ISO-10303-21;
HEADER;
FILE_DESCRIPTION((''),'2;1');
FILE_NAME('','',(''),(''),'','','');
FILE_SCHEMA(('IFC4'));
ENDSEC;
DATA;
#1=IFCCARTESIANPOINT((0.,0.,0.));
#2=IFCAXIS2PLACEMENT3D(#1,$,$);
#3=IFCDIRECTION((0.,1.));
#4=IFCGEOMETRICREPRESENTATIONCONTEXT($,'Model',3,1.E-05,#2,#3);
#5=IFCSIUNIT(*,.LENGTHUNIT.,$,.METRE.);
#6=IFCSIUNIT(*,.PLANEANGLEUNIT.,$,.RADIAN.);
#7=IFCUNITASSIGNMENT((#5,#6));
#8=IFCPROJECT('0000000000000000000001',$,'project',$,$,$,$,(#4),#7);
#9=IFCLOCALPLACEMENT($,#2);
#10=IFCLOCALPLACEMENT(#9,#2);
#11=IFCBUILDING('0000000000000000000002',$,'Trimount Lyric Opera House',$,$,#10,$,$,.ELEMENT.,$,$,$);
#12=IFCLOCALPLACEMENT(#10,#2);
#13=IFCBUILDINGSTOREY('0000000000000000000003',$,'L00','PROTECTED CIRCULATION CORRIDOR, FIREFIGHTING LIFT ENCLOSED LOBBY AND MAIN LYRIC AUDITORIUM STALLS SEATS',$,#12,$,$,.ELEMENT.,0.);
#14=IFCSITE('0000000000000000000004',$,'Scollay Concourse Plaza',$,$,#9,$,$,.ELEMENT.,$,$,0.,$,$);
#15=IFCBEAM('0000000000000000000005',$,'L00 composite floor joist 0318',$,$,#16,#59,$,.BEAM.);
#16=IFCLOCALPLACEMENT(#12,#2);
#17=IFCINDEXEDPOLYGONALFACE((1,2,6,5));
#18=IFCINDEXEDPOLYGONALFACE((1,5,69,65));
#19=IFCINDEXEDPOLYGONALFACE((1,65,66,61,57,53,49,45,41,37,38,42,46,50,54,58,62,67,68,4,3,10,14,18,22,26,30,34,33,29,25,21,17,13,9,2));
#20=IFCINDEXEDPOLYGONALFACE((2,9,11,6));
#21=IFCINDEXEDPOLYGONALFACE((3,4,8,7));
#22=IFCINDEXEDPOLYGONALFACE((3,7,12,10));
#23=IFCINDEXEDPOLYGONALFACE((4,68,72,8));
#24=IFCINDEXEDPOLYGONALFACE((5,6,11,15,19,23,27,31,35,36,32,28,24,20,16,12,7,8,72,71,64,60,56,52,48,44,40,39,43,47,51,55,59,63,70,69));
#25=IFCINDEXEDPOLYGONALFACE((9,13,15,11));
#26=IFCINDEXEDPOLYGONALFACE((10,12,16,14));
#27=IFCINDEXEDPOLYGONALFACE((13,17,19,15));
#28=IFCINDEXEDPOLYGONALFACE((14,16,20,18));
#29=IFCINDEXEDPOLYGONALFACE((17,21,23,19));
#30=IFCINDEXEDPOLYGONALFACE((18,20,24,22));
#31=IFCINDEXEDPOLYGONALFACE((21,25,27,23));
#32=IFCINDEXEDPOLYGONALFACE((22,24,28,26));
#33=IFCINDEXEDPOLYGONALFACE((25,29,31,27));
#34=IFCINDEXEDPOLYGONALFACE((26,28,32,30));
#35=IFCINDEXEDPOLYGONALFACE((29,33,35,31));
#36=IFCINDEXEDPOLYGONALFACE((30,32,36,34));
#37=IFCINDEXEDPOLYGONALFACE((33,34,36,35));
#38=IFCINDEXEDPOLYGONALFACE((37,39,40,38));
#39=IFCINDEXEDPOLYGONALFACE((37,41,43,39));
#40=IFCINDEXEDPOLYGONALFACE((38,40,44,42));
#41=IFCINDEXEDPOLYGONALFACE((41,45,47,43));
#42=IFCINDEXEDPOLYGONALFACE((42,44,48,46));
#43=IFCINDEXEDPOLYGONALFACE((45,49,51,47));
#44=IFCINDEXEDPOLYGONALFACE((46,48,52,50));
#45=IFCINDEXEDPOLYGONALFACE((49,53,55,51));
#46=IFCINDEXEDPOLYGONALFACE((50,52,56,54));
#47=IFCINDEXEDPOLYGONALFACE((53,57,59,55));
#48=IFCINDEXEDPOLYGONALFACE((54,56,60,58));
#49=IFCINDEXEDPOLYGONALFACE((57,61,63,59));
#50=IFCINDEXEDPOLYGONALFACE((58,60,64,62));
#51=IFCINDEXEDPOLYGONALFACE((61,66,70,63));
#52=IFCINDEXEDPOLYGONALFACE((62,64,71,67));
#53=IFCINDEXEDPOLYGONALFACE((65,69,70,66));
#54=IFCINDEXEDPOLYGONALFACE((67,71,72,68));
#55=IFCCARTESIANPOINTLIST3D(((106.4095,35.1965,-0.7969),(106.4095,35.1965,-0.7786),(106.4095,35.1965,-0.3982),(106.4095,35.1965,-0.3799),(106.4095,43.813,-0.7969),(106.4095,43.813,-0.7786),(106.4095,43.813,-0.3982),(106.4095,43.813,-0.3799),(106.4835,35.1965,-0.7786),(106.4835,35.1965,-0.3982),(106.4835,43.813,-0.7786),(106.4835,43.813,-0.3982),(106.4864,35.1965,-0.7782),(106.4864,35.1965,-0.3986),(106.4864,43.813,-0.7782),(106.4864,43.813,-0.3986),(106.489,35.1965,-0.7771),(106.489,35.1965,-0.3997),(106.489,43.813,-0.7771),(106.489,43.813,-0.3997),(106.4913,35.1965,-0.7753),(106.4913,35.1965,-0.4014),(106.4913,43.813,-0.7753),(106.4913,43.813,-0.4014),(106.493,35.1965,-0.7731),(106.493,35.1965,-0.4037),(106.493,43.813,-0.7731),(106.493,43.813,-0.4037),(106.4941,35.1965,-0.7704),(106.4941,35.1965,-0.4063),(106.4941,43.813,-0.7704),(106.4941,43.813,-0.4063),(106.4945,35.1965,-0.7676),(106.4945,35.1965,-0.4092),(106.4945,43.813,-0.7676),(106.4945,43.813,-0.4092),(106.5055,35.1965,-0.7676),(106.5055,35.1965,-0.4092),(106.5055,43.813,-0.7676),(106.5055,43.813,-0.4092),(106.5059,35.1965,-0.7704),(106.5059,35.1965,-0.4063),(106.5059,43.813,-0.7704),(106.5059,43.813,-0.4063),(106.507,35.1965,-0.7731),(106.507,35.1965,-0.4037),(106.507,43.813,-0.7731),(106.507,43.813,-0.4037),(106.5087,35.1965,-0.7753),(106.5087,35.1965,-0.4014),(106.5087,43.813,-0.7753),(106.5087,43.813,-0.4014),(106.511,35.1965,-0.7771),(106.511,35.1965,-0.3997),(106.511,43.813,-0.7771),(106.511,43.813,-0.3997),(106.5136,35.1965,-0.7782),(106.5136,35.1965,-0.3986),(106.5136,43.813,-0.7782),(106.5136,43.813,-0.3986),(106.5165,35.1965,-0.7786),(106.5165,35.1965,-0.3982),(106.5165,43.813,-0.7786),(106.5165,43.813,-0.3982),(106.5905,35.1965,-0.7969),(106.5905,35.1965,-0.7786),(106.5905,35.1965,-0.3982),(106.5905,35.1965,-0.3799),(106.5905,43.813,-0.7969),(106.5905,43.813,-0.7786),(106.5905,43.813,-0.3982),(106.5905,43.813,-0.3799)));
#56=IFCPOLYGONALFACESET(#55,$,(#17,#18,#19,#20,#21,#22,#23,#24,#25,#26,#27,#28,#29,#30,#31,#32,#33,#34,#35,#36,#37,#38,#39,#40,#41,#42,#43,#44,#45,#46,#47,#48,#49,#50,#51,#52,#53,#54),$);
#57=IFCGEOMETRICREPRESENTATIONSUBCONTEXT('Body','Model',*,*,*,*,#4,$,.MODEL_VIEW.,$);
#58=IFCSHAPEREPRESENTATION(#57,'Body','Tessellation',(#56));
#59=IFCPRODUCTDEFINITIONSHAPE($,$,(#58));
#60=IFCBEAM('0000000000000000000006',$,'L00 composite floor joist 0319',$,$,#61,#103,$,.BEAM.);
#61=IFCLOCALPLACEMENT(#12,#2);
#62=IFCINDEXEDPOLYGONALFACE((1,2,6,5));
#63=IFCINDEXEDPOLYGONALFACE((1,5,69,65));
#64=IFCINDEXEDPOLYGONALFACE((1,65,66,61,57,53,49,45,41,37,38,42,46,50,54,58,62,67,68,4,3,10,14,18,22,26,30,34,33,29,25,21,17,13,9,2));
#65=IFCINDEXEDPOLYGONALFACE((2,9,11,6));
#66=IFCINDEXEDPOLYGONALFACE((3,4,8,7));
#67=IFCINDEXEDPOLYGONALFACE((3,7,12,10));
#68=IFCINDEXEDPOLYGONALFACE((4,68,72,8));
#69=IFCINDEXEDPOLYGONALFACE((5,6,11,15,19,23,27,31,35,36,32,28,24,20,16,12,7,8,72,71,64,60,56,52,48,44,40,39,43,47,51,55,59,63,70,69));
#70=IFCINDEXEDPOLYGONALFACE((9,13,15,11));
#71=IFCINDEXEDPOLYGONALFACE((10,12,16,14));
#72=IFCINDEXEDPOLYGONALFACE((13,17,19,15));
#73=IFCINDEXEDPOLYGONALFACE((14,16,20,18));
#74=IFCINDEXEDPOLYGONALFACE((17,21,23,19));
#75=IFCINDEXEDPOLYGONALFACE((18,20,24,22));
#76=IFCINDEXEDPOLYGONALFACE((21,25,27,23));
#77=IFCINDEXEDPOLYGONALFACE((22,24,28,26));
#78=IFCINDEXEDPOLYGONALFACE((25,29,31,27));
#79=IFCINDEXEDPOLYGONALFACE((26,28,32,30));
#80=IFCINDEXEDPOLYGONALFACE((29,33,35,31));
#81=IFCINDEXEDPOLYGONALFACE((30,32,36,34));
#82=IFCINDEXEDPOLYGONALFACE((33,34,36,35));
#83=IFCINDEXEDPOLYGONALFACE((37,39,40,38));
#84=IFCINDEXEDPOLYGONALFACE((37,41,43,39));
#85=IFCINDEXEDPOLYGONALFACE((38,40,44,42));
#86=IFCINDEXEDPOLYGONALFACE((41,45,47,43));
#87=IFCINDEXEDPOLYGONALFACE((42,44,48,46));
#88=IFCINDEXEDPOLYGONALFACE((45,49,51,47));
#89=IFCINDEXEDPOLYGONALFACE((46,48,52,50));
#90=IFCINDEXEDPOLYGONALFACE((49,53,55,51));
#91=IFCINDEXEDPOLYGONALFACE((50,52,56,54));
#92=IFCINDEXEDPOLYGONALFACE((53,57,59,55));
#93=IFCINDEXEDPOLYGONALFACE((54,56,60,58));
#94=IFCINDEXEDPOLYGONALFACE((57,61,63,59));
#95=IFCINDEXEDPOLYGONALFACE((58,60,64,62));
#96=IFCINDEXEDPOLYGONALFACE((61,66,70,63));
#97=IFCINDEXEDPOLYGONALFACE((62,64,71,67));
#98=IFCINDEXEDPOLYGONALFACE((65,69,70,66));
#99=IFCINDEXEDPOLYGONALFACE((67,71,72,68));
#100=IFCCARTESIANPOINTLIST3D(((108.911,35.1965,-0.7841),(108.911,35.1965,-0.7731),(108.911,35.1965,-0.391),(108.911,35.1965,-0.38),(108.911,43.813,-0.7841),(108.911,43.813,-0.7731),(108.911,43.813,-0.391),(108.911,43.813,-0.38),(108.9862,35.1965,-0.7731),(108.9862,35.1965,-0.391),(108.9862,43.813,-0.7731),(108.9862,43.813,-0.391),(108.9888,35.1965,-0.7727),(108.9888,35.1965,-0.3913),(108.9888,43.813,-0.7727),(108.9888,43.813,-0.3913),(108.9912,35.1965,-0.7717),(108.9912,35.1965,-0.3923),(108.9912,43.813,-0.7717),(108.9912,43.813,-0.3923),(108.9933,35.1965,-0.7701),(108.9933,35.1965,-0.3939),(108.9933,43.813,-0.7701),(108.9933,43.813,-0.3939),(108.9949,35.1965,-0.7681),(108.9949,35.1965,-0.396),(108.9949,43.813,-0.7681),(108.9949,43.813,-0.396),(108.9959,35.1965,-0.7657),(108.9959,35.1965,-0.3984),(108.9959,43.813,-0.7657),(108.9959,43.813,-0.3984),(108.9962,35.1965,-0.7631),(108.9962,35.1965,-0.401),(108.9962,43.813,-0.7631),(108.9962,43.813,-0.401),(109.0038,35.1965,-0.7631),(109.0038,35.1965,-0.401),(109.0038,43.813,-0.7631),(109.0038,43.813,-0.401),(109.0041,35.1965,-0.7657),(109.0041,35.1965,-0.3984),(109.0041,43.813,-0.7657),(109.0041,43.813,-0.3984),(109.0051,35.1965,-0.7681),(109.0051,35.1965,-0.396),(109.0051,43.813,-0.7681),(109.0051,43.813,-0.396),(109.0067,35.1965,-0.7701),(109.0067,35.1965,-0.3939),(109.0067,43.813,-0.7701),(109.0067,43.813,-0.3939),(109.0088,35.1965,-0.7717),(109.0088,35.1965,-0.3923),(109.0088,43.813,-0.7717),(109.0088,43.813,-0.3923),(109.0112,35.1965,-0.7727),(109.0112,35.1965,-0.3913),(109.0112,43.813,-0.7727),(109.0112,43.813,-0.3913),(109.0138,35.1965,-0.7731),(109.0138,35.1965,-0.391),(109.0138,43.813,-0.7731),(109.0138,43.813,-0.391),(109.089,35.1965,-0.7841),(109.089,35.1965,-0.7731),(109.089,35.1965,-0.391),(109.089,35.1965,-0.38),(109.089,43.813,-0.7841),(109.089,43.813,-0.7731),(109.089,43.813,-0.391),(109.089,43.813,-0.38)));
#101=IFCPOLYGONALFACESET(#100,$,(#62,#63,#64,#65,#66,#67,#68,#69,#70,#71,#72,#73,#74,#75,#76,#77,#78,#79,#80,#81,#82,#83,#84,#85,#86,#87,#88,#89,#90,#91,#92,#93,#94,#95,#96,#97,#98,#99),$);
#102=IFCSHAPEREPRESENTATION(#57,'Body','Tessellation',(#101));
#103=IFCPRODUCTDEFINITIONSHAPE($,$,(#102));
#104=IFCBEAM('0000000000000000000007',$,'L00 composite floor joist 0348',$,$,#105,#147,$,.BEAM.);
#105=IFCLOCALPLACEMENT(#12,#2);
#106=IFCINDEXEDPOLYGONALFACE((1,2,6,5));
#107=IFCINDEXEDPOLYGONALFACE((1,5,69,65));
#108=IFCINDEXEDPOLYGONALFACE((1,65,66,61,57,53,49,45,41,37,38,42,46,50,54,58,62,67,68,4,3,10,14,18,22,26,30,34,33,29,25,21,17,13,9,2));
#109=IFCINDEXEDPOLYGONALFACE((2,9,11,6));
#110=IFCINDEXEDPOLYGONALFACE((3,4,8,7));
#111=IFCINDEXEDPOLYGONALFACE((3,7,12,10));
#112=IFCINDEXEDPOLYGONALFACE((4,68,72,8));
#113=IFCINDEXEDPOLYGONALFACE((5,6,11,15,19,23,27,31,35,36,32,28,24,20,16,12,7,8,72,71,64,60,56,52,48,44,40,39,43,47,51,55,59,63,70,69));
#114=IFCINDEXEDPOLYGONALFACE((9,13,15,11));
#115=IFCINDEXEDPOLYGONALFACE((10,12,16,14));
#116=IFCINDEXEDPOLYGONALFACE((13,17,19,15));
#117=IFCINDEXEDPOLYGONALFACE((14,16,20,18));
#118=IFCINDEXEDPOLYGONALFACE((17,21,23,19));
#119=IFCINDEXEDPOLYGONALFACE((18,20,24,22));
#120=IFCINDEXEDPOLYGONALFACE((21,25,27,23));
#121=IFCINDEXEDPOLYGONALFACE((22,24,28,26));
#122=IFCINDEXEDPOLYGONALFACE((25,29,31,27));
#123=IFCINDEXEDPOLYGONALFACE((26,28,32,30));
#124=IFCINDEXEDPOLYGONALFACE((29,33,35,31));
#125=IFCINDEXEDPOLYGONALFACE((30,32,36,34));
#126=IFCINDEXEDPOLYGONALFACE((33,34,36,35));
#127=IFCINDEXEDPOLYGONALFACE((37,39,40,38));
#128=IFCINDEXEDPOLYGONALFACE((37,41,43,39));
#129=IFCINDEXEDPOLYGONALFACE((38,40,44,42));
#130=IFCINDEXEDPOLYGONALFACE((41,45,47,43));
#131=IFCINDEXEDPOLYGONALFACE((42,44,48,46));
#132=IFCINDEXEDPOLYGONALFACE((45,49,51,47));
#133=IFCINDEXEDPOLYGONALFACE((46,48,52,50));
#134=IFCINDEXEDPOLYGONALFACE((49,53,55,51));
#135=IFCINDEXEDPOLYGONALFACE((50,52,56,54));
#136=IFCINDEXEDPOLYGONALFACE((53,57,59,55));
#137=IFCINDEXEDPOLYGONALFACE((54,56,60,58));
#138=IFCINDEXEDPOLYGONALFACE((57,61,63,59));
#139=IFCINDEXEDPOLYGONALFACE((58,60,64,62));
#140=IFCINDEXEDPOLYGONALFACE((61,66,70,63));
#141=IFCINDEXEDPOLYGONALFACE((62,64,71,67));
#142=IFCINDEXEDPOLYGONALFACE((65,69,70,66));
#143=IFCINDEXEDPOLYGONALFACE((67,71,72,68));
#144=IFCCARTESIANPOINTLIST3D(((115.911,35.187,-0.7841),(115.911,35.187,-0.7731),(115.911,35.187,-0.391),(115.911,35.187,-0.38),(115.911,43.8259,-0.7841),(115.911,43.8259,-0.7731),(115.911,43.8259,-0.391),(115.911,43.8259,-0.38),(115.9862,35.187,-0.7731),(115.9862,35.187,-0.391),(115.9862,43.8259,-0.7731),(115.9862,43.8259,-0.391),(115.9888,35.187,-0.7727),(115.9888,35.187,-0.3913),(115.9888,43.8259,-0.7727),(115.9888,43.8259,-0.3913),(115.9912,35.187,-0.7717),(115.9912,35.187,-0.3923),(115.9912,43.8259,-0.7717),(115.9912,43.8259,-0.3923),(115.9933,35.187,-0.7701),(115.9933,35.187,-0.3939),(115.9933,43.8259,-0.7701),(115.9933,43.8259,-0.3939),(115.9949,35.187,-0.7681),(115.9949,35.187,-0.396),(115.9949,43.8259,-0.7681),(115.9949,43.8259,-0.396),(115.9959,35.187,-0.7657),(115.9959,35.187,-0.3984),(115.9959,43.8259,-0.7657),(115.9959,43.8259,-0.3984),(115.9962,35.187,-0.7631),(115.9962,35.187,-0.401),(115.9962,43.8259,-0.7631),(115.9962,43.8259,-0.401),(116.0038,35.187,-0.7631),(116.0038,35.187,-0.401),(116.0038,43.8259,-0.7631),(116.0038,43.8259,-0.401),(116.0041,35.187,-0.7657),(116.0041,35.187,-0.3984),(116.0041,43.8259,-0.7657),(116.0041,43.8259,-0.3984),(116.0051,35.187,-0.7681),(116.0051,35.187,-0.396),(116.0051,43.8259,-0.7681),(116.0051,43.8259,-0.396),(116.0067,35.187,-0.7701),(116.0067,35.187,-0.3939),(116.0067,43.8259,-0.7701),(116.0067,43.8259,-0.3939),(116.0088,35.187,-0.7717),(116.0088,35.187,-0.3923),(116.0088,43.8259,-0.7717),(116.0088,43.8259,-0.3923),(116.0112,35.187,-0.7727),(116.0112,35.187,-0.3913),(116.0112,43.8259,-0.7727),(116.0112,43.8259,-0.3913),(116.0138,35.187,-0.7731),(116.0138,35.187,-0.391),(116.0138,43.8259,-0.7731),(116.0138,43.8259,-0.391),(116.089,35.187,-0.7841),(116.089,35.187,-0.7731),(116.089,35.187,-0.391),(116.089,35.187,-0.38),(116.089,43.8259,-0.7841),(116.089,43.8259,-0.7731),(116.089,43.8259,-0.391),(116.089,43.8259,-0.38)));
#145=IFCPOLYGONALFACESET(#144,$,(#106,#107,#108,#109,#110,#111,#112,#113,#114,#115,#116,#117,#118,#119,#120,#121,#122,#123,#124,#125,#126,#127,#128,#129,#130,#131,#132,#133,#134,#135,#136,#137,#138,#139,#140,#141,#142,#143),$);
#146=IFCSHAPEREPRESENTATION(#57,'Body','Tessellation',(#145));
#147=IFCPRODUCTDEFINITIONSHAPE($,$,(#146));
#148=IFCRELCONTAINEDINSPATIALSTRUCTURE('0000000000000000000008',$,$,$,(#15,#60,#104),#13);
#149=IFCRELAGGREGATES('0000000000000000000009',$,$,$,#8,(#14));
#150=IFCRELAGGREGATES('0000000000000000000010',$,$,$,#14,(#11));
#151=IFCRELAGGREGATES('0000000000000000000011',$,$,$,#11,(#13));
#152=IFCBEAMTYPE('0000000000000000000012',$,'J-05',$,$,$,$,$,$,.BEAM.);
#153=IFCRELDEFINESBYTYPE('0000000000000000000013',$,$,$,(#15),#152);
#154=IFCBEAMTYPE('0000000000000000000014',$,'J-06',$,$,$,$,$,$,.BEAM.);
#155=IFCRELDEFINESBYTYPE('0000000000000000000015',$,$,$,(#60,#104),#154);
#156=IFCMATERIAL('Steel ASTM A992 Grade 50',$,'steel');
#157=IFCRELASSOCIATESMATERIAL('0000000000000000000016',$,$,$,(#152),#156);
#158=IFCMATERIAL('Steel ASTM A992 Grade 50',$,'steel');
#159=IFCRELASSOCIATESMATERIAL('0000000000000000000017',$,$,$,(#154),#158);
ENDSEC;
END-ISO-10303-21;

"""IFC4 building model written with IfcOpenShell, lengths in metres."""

from ifc_helpers import new_model, si_unit, direction, frame, origin, origin_2d, place, context, subcontext, project, spatial, i_section, extrude, material, material_profile, profile_set, type_object, element, save


model = new_model("IFC4")

# Units and contexts
model_context = context("Model", 3, precision=1e-05, world=origin(), true_north=direction((0.0, 1.0)))
body_context = subcontext(model_context, "Body", "Model", "MODEL_VIEW")
ifc_project = project(units=[si_unit("LENGTHUNIT", "METRE"), si_unit("PLANEANGLEUNIT", "RADIAN")], contexts=[model_context])

# Site, building, storey
site_placement = place(None, origin())
site = spatial("IfcSite", under=ifc_project, at=site_placement, Name="Scollay Concourse Plaza", CompositionType="ELEMENT", RefElevation=0.0)
building_placement = place(site_placement, origin())
building = spatial("IfcBuilding", under=site, at=building_placement, Name="Trimount Lyric Opera House", CompositionType="ELEMENT")
storey_placement = place(building_placement, origin())
storey = spatial("IfcBuildingStorey", under=building, at=storey_placement, Name="L00", Description="PROTECTED CIRCULATION CORRIDOR, FIREFIGHTING LIFT ENCLOSED LOBBY AND MAIN LYRIC AUDITORIUM STALLS SEATS", CompositionType="ELEMENT", Elevation=0.0)

# Beams
ifc_material_1 = material(Name="Steel ASTM A992 Grade 50", Category="steel")
ifc_material_profile_1 = material_profile(ifc_material_1, i_section(OverallWidth=0.1809, OverallDepth=0.417, WebThickness=0.011, FlangeThickness=0.0183, FilletRadius=0.011, at=origin_2d()), Name="W16X57")
ifc_profile_set_1 = profile_set([ifc_material_profile_1], Name="Steel ASTM A992 Grade 50")
beam_type_1 = type_object("IfcBeamType", Name="J-05", PredefinedType="BEAM", material=ifc_profile_set_1)
beam_1_placement = place(storey_placement, frame((106.5, 35.1965, -0.5884), z_axis=(0.0, 1.0, 0.0), x_axis=(-1.0, 0.0, 0.0)))
element("IfcBeam", 1, at=beam_1_placement, inside=storey, type_object=beam_type_1, Name="L00 composite floor joist 0318", PredefinedType="BEAM", context=body_context, shape_type="SweptSolid", body=[
    extrude(i_section(OverallWidth=0.1809, OverallDepth=0.417, WebThickness=0.011, FlangeThickness=0.0183, FilletRadius=0.011, at=origin_2d()), origin(), (0.0, 0.0, 1.0), 8.6165),
])
ifc_material_2 = material(Name="Steel ASTM A992 Grade 50", Category="steel")
ifc_material_profile_2 = material_profile(ifc_material_2, i_section(OverallWidth=0.178, OverallDepth=0.4041, WebThickness=0.0076, FlangeThickness=0.011, FilletRadius=0.01, at=origin_2d()), Name="W16X36")
ifc_profile_set_2 = profile_set([ifc_material_profile_2], Name="Steel ASTM A992 Grade 50")
beam_type_2 = type_object("IfcBeamType", Name="J-06", PredefinedType="BEAM", material=ifc_profile_set_2)
beam_2_placement = place(storey_placement, frame((109.0, 35.1965, -0.582), z_axis=(0.0, 1.0, 0.0), x_axis=(-1.0, 0.0, 0.0)))
element("IfcBeam", 2, at=beam_2_placement, inside=storey, type_object=beam_type_2, Name="L00 composite floor joist 0319", PredefinedType="BEAM", context=body_context, shape_type="SweptSolid", body=[
    extrude(i_section(OverallWidth=0.178, OverallDepth=0.4041, WebThickness=0.0076, FlangeThickness=0.011, FilletRadius=0.01, at=origin_2d()), origin(), (0.0, 0.0, 1.0), 8.6165),
])
beam_3_placement = place(storey_placement, frame((116.0, 35.187, -0.582), z_axis=(0.0, 1.0, 0.0), x_axis=(-1.0, 0.0, 0.0)))
element("IfcBeam", 3, at=beam_3_placement, inside=storey, type_object=beam_type_2, Name="L00 composite floor joist 0348", PredefinedType="BEAM", context=body_context, shape_type="SweptSolid", body=[
    extrude(i_section(OverallWidth=0.178, OverallDepth=0.4041, WebThickness=0.0076, FlangeThickness=0.011, FilletRadius=0.01, at=origin_2d()), origin(), (0.0, 0.0, 1.0), 8.6389),
])

save(model, "model.ifc")
